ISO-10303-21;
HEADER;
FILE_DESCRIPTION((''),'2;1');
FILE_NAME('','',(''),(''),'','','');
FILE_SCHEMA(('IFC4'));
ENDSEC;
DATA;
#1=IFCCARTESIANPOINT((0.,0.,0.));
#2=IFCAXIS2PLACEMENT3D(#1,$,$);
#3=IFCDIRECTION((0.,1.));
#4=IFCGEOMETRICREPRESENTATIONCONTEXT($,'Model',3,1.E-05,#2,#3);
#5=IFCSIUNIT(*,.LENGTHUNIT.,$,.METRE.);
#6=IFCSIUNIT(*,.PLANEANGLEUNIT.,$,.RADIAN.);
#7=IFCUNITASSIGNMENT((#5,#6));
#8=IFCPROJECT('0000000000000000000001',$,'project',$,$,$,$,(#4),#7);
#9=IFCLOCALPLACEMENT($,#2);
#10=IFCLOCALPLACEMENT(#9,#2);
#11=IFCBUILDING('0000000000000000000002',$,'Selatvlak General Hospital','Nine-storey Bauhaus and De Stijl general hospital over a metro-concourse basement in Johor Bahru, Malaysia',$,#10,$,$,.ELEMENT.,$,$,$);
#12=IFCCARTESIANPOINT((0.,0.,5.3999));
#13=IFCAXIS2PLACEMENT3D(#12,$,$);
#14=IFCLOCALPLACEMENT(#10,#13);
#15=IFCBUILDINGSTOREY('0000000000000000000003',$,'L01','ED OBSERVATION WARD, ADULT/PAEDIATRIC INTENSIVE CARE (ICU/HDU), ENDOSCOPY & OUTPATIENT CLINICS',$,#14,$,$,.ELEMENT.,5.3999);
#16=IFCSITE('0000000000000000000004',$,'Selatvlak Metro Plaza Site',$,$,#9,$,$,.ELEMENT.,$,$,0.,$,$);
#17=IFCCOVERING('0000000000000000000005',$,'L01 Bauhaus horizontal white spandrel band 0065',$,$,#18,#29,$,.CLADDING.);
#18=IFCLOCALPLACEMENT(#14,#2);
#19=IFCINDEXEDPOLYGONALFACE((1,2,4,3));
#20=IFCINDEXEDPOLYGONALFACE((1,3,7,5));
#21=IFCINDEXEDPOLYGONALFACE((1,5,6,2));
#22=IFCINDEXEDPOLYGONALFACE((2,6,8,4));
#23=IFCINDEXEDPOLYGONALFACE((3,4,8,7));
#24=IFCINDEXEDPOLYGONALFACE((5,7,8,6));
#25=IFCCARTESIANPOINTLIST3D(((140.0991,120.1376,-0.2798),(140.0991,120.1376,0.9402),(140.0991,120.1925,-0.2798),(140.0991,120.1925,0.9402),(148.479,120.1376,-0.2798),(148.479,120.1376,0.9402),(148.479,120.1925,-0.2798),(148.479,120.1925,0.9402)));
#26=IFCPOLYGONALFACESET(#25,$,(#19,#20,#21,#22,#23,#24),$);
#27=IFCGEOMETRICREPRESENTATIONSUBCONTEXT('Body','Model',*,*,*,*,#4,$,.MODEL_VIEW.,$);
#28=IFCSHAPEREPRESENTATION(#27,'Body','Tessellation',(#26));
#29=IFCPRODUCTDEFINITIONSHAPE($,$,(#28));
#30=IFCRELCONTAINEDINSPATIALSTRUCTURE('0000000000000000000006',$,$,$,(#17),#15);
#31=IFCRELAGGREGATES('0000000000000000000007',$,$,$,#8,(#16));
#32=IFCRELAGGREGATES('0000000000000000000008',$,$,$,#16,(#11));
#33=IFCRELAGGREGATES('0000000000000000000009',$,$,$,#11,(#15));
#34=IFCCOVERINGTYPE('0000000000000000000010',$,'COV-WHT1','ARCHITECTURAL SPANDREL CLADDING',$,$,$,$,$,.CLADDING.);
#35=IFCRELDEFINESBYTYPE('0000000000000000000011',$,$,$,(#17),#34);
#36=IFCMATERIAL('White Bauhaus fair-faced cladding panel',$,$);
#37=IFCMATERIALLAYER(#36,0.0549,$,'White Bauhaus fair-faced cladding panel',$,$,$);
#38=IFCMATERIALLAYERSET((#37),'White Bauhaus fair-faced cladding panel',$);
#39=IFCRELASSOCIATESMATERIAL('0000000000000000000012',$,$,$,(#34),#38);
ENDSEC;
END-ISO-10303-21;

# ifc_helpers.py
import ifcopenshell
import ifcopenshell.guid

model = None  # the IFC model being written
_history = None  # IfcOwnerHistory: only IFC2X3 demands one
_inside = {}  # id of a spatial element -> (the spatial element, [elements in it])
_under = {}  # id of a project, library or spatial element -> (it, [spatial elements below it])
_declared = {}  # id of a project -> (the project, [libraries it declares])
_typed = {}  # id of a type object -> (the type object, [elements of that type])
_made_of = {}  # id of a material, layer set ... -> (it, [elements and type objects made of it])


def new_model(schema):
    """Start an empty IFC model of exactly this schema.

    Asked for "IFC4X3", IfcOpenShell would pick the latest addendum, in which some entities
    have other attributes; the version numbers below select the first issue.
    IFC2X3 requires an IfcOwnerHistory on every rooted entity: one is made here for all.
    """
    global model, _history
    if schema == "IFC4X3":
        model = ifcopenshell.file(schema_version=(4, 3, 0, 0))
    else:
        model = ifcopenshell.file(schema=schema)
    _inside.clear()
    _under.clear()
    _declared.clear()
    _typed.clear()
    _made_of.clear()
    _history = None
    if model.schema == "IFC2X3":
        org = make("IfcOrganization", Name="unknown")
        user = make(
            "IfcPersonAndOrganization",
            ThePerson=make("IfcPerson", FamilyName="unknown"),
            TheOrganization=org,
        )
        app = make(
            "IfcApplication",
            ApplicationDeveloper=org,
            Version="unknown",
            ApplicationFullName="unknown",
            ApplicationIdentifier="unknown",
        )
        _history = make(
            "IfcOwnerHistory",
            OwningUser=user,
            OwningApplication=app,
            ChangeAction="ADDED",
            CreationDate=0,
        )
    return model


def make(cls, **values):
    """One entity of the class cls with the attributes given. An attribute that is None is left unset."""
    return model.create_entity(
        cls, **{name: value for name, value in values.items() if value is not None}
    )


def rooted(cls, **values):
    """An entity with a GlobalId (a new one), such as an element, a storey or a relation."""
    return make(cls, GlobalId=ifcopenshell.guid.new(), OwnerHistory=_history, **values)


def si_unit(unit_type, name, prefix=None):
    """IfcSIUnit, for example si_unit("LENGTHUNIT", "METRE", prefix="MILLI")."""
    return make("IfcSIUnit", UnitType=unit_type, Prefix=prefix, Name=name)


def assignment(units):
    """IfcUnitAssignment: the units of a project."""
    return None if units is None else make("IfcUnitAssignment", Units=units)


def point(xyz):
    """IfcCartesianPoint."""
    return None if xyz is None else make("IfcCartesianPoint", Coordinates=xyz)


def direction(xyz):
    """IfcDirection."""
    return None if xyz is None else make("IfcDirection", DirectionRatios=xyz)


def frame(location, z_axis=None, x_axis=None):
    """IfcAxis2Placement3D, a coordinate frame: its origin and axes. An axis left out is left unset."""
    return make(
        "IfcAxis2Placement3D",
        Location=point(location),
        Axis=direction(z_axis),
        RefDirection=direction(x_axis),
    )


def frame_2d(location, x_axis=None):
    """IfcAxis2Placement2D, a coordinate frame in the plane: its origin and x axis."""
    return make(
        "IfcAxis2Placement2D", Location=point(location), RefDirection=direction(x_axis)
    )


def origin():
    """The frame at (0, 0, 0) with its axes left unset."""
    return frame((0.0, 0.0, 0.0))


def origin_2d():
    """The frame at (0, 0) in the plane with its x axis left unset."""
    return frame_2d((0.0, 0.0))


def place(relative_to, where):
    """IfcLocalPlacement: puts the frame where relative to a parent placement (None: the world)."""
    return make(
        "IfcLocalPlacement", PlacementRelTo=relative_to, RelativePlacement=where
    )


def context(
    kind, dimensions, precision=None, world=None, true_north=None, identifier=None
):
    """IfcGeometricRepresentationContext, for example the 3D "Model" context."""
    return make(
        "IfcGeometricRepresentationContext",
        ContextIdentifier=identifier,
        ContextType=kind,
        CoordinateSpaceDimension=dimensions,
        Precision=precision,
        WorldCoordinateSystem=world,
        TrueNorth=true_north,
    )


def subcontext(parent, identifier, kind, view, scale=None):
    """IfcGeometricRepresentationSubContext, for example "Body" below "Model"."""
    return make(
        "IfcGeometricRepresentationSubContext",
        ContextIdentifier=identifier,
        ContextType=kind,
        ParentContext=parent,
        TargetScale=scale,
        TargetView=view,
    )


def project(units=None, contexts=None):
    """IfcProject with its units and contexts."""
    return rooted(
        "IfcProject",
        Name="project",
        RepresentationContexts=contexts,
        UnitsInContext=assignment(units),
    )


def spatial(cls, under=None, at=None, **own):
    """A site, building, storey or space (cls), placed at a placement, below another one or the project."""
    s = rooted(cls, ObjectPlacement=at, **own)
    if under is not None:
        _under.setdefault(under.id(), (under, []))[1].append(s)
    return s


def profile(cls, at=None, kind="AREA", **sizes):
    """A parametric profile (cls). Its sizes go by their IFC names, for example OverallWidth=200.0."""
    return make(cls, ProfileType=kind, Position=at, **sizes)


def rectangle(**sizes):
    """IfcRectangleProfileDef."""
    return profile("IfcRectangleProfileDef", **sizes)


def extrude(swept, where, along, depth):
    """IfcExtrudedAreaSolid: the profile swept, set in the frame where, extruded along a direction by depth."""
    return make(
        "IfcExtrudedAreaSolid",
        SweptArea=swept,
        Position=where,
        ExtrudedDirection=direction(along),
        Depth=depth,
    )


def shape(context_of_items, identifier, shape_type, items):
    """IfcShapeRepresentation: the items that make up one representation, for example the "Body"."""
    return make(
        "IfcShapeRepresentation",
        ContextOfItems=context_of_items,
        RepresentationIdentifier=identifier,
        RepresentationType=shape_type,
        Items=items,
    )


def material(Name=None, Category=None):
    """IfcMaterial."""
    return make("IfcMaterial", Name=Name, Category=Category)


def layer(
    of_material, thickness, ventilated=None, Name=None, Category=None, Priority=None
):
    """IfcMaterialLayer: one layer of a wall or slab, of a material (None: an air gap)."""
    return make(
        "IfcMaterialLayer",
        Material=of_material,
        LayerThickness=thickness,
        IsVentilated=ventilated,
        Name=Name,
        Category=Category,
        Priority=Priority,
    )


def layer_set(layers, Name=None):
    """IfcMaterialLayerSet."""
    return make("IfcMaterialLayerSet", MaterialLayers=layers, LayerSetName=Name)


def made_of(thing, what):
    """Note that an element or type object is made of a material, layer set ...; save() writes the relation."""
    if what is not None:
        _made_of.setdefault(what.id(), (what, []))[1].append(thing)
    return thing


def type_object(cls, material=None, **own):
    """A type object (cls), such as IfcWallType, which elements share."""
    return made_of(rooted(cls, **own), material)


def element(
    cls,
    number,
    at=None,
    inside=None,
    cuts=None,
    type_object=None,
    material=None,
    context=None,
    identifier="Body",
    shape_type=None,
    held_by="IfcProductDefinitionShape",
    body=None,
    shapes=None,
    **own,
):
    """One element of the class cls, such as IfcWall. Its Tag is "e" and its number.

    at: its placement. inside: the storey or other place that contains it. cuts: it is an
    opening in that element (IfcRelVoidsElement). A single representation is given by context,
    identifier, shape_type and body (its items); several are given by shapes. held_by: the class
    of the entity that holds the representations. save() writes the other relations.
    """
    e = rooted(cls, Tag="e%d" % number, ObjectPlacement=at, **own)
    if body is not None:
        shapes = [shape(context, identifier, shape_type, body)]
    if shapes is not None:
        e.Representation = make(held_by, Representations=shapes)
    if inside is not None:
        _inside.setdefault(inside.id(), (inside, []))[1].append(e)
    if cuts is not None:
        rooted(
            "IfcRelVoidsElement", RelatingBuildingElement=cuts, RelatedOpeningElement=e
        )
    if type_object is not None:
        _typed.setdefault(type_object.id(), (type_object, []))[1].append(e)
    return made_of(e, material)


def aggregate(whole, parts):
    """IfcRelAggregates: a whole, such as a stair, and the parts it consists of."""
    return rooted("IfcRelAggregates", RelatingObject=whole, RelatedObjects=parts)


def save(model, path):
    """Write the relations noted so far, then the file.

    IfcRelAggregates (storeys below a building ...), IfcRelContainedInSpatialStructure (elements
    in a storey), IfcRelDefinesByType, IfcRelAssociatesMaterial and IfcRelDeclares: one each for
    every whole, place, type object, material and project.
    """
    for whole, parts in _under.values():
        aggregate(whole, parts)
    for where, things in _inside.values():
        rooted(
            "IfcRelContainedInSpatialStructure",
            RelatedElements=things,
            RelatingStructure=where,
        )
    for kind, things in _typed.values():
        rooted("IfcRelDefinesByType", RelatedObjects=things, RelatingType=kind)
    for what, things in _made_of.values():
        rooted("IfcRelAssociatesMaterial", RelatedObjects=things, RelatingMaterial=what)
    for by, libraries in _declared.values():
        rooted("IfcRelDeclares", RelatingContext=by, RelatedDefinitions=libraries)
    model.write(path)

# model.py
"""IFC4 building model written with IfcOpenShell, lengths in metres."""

from ifc_helpers import new_model, si_unit, direction, frame, origin, origin_2d, place, context, subcontext, project, spatial, rectangle, extrude, material, layer, layer_set, type_object, element, save


model = new_model("IFC4")

# Units and contexts
model_context = context("Model", 3, precision=1e-05, world=origin(), true_north=direction((0.0, 1.0)))
body_context = subcontext(model_context, "Body", "Model", "MODEL_VIEW")
ifc_project = project(units=[si_unit("LENGTHUNIT", "METRE"), si_unit("PLANEANGLEUNIT", "RADIAN")], contexts=[model_context])

# Site, building, storey
site_placement = place(None, origin())
site = spatial("IfcSite", under=ifc_project, at=site_placement, Name="Selatvlak Metro Plaza Site", CompositionType="ELEMENT", RefElevation=0.0)
building_placement = place(site_placement, origin())
building = spatial("IfcBuilding", under=site, at=building_placement, Name="Selatvlak General Hospital", Description="Nine-storey Bauhaus and De Stijl general hospital over a metro-concourse basement in Johor Bahru, Malaysia", CompositionType="ELEMENT")
storey_placement = place(building_placement, frame((0.0, 0.0, 5.3999)))
storey = spatial("IfcBuildingStorey", under=building, at=storey_placement, Name="L01", Description="ED OBSERVATION WARD, ADULT/PAEDIATRIC INTENSIVE CARE (ICU/HDU), ENDOSCOPY & OUTPATIENT CLINICS", CompositionType="ELEMENT", Elevation=5.3999)

# Covering
ifc_material_1 = material(Name="White Bauhaus fair-faced cladding panel")
ifc_layer_1 = layer(ifc_material_1, 0.0549, Name="White Bauhaus fair-faced cladding panel")
ifc_layer_set_1 = layer_set([ifc_layer_1], Name="White Bauhaus fair-faced cladding panel")
covering_type = type_object("IfcCoveringType", Name="COV-WHT1", Description="ARCHITECTURAL SPANDREL CLADDING", PredefinedType="CLADDING", material=ifc_layer_set_1)
covering_placement = place(storey_placement, frame((144.2891, 120.165, -0.2798), z_axis=(0.0, 0.0, 1.0), x_axis=(1.0, 0.0, 0.0)))
element("IfcCovering", 1, at=covering_placement, inside=storey, type_object=covering_type, Name="L01 Bauhaus horizontal white spandrel band 0065", PredefinedType="CLADDING", context=body_context, shape_type="SweptSolid", body=[
    extrude(rectangle(XDim=8.3799, YDim=0.0549, at=origin_2d()), origin(), (0.0, 0.0, 1.0), 1.22),
])

save(model, "model.ifc")
